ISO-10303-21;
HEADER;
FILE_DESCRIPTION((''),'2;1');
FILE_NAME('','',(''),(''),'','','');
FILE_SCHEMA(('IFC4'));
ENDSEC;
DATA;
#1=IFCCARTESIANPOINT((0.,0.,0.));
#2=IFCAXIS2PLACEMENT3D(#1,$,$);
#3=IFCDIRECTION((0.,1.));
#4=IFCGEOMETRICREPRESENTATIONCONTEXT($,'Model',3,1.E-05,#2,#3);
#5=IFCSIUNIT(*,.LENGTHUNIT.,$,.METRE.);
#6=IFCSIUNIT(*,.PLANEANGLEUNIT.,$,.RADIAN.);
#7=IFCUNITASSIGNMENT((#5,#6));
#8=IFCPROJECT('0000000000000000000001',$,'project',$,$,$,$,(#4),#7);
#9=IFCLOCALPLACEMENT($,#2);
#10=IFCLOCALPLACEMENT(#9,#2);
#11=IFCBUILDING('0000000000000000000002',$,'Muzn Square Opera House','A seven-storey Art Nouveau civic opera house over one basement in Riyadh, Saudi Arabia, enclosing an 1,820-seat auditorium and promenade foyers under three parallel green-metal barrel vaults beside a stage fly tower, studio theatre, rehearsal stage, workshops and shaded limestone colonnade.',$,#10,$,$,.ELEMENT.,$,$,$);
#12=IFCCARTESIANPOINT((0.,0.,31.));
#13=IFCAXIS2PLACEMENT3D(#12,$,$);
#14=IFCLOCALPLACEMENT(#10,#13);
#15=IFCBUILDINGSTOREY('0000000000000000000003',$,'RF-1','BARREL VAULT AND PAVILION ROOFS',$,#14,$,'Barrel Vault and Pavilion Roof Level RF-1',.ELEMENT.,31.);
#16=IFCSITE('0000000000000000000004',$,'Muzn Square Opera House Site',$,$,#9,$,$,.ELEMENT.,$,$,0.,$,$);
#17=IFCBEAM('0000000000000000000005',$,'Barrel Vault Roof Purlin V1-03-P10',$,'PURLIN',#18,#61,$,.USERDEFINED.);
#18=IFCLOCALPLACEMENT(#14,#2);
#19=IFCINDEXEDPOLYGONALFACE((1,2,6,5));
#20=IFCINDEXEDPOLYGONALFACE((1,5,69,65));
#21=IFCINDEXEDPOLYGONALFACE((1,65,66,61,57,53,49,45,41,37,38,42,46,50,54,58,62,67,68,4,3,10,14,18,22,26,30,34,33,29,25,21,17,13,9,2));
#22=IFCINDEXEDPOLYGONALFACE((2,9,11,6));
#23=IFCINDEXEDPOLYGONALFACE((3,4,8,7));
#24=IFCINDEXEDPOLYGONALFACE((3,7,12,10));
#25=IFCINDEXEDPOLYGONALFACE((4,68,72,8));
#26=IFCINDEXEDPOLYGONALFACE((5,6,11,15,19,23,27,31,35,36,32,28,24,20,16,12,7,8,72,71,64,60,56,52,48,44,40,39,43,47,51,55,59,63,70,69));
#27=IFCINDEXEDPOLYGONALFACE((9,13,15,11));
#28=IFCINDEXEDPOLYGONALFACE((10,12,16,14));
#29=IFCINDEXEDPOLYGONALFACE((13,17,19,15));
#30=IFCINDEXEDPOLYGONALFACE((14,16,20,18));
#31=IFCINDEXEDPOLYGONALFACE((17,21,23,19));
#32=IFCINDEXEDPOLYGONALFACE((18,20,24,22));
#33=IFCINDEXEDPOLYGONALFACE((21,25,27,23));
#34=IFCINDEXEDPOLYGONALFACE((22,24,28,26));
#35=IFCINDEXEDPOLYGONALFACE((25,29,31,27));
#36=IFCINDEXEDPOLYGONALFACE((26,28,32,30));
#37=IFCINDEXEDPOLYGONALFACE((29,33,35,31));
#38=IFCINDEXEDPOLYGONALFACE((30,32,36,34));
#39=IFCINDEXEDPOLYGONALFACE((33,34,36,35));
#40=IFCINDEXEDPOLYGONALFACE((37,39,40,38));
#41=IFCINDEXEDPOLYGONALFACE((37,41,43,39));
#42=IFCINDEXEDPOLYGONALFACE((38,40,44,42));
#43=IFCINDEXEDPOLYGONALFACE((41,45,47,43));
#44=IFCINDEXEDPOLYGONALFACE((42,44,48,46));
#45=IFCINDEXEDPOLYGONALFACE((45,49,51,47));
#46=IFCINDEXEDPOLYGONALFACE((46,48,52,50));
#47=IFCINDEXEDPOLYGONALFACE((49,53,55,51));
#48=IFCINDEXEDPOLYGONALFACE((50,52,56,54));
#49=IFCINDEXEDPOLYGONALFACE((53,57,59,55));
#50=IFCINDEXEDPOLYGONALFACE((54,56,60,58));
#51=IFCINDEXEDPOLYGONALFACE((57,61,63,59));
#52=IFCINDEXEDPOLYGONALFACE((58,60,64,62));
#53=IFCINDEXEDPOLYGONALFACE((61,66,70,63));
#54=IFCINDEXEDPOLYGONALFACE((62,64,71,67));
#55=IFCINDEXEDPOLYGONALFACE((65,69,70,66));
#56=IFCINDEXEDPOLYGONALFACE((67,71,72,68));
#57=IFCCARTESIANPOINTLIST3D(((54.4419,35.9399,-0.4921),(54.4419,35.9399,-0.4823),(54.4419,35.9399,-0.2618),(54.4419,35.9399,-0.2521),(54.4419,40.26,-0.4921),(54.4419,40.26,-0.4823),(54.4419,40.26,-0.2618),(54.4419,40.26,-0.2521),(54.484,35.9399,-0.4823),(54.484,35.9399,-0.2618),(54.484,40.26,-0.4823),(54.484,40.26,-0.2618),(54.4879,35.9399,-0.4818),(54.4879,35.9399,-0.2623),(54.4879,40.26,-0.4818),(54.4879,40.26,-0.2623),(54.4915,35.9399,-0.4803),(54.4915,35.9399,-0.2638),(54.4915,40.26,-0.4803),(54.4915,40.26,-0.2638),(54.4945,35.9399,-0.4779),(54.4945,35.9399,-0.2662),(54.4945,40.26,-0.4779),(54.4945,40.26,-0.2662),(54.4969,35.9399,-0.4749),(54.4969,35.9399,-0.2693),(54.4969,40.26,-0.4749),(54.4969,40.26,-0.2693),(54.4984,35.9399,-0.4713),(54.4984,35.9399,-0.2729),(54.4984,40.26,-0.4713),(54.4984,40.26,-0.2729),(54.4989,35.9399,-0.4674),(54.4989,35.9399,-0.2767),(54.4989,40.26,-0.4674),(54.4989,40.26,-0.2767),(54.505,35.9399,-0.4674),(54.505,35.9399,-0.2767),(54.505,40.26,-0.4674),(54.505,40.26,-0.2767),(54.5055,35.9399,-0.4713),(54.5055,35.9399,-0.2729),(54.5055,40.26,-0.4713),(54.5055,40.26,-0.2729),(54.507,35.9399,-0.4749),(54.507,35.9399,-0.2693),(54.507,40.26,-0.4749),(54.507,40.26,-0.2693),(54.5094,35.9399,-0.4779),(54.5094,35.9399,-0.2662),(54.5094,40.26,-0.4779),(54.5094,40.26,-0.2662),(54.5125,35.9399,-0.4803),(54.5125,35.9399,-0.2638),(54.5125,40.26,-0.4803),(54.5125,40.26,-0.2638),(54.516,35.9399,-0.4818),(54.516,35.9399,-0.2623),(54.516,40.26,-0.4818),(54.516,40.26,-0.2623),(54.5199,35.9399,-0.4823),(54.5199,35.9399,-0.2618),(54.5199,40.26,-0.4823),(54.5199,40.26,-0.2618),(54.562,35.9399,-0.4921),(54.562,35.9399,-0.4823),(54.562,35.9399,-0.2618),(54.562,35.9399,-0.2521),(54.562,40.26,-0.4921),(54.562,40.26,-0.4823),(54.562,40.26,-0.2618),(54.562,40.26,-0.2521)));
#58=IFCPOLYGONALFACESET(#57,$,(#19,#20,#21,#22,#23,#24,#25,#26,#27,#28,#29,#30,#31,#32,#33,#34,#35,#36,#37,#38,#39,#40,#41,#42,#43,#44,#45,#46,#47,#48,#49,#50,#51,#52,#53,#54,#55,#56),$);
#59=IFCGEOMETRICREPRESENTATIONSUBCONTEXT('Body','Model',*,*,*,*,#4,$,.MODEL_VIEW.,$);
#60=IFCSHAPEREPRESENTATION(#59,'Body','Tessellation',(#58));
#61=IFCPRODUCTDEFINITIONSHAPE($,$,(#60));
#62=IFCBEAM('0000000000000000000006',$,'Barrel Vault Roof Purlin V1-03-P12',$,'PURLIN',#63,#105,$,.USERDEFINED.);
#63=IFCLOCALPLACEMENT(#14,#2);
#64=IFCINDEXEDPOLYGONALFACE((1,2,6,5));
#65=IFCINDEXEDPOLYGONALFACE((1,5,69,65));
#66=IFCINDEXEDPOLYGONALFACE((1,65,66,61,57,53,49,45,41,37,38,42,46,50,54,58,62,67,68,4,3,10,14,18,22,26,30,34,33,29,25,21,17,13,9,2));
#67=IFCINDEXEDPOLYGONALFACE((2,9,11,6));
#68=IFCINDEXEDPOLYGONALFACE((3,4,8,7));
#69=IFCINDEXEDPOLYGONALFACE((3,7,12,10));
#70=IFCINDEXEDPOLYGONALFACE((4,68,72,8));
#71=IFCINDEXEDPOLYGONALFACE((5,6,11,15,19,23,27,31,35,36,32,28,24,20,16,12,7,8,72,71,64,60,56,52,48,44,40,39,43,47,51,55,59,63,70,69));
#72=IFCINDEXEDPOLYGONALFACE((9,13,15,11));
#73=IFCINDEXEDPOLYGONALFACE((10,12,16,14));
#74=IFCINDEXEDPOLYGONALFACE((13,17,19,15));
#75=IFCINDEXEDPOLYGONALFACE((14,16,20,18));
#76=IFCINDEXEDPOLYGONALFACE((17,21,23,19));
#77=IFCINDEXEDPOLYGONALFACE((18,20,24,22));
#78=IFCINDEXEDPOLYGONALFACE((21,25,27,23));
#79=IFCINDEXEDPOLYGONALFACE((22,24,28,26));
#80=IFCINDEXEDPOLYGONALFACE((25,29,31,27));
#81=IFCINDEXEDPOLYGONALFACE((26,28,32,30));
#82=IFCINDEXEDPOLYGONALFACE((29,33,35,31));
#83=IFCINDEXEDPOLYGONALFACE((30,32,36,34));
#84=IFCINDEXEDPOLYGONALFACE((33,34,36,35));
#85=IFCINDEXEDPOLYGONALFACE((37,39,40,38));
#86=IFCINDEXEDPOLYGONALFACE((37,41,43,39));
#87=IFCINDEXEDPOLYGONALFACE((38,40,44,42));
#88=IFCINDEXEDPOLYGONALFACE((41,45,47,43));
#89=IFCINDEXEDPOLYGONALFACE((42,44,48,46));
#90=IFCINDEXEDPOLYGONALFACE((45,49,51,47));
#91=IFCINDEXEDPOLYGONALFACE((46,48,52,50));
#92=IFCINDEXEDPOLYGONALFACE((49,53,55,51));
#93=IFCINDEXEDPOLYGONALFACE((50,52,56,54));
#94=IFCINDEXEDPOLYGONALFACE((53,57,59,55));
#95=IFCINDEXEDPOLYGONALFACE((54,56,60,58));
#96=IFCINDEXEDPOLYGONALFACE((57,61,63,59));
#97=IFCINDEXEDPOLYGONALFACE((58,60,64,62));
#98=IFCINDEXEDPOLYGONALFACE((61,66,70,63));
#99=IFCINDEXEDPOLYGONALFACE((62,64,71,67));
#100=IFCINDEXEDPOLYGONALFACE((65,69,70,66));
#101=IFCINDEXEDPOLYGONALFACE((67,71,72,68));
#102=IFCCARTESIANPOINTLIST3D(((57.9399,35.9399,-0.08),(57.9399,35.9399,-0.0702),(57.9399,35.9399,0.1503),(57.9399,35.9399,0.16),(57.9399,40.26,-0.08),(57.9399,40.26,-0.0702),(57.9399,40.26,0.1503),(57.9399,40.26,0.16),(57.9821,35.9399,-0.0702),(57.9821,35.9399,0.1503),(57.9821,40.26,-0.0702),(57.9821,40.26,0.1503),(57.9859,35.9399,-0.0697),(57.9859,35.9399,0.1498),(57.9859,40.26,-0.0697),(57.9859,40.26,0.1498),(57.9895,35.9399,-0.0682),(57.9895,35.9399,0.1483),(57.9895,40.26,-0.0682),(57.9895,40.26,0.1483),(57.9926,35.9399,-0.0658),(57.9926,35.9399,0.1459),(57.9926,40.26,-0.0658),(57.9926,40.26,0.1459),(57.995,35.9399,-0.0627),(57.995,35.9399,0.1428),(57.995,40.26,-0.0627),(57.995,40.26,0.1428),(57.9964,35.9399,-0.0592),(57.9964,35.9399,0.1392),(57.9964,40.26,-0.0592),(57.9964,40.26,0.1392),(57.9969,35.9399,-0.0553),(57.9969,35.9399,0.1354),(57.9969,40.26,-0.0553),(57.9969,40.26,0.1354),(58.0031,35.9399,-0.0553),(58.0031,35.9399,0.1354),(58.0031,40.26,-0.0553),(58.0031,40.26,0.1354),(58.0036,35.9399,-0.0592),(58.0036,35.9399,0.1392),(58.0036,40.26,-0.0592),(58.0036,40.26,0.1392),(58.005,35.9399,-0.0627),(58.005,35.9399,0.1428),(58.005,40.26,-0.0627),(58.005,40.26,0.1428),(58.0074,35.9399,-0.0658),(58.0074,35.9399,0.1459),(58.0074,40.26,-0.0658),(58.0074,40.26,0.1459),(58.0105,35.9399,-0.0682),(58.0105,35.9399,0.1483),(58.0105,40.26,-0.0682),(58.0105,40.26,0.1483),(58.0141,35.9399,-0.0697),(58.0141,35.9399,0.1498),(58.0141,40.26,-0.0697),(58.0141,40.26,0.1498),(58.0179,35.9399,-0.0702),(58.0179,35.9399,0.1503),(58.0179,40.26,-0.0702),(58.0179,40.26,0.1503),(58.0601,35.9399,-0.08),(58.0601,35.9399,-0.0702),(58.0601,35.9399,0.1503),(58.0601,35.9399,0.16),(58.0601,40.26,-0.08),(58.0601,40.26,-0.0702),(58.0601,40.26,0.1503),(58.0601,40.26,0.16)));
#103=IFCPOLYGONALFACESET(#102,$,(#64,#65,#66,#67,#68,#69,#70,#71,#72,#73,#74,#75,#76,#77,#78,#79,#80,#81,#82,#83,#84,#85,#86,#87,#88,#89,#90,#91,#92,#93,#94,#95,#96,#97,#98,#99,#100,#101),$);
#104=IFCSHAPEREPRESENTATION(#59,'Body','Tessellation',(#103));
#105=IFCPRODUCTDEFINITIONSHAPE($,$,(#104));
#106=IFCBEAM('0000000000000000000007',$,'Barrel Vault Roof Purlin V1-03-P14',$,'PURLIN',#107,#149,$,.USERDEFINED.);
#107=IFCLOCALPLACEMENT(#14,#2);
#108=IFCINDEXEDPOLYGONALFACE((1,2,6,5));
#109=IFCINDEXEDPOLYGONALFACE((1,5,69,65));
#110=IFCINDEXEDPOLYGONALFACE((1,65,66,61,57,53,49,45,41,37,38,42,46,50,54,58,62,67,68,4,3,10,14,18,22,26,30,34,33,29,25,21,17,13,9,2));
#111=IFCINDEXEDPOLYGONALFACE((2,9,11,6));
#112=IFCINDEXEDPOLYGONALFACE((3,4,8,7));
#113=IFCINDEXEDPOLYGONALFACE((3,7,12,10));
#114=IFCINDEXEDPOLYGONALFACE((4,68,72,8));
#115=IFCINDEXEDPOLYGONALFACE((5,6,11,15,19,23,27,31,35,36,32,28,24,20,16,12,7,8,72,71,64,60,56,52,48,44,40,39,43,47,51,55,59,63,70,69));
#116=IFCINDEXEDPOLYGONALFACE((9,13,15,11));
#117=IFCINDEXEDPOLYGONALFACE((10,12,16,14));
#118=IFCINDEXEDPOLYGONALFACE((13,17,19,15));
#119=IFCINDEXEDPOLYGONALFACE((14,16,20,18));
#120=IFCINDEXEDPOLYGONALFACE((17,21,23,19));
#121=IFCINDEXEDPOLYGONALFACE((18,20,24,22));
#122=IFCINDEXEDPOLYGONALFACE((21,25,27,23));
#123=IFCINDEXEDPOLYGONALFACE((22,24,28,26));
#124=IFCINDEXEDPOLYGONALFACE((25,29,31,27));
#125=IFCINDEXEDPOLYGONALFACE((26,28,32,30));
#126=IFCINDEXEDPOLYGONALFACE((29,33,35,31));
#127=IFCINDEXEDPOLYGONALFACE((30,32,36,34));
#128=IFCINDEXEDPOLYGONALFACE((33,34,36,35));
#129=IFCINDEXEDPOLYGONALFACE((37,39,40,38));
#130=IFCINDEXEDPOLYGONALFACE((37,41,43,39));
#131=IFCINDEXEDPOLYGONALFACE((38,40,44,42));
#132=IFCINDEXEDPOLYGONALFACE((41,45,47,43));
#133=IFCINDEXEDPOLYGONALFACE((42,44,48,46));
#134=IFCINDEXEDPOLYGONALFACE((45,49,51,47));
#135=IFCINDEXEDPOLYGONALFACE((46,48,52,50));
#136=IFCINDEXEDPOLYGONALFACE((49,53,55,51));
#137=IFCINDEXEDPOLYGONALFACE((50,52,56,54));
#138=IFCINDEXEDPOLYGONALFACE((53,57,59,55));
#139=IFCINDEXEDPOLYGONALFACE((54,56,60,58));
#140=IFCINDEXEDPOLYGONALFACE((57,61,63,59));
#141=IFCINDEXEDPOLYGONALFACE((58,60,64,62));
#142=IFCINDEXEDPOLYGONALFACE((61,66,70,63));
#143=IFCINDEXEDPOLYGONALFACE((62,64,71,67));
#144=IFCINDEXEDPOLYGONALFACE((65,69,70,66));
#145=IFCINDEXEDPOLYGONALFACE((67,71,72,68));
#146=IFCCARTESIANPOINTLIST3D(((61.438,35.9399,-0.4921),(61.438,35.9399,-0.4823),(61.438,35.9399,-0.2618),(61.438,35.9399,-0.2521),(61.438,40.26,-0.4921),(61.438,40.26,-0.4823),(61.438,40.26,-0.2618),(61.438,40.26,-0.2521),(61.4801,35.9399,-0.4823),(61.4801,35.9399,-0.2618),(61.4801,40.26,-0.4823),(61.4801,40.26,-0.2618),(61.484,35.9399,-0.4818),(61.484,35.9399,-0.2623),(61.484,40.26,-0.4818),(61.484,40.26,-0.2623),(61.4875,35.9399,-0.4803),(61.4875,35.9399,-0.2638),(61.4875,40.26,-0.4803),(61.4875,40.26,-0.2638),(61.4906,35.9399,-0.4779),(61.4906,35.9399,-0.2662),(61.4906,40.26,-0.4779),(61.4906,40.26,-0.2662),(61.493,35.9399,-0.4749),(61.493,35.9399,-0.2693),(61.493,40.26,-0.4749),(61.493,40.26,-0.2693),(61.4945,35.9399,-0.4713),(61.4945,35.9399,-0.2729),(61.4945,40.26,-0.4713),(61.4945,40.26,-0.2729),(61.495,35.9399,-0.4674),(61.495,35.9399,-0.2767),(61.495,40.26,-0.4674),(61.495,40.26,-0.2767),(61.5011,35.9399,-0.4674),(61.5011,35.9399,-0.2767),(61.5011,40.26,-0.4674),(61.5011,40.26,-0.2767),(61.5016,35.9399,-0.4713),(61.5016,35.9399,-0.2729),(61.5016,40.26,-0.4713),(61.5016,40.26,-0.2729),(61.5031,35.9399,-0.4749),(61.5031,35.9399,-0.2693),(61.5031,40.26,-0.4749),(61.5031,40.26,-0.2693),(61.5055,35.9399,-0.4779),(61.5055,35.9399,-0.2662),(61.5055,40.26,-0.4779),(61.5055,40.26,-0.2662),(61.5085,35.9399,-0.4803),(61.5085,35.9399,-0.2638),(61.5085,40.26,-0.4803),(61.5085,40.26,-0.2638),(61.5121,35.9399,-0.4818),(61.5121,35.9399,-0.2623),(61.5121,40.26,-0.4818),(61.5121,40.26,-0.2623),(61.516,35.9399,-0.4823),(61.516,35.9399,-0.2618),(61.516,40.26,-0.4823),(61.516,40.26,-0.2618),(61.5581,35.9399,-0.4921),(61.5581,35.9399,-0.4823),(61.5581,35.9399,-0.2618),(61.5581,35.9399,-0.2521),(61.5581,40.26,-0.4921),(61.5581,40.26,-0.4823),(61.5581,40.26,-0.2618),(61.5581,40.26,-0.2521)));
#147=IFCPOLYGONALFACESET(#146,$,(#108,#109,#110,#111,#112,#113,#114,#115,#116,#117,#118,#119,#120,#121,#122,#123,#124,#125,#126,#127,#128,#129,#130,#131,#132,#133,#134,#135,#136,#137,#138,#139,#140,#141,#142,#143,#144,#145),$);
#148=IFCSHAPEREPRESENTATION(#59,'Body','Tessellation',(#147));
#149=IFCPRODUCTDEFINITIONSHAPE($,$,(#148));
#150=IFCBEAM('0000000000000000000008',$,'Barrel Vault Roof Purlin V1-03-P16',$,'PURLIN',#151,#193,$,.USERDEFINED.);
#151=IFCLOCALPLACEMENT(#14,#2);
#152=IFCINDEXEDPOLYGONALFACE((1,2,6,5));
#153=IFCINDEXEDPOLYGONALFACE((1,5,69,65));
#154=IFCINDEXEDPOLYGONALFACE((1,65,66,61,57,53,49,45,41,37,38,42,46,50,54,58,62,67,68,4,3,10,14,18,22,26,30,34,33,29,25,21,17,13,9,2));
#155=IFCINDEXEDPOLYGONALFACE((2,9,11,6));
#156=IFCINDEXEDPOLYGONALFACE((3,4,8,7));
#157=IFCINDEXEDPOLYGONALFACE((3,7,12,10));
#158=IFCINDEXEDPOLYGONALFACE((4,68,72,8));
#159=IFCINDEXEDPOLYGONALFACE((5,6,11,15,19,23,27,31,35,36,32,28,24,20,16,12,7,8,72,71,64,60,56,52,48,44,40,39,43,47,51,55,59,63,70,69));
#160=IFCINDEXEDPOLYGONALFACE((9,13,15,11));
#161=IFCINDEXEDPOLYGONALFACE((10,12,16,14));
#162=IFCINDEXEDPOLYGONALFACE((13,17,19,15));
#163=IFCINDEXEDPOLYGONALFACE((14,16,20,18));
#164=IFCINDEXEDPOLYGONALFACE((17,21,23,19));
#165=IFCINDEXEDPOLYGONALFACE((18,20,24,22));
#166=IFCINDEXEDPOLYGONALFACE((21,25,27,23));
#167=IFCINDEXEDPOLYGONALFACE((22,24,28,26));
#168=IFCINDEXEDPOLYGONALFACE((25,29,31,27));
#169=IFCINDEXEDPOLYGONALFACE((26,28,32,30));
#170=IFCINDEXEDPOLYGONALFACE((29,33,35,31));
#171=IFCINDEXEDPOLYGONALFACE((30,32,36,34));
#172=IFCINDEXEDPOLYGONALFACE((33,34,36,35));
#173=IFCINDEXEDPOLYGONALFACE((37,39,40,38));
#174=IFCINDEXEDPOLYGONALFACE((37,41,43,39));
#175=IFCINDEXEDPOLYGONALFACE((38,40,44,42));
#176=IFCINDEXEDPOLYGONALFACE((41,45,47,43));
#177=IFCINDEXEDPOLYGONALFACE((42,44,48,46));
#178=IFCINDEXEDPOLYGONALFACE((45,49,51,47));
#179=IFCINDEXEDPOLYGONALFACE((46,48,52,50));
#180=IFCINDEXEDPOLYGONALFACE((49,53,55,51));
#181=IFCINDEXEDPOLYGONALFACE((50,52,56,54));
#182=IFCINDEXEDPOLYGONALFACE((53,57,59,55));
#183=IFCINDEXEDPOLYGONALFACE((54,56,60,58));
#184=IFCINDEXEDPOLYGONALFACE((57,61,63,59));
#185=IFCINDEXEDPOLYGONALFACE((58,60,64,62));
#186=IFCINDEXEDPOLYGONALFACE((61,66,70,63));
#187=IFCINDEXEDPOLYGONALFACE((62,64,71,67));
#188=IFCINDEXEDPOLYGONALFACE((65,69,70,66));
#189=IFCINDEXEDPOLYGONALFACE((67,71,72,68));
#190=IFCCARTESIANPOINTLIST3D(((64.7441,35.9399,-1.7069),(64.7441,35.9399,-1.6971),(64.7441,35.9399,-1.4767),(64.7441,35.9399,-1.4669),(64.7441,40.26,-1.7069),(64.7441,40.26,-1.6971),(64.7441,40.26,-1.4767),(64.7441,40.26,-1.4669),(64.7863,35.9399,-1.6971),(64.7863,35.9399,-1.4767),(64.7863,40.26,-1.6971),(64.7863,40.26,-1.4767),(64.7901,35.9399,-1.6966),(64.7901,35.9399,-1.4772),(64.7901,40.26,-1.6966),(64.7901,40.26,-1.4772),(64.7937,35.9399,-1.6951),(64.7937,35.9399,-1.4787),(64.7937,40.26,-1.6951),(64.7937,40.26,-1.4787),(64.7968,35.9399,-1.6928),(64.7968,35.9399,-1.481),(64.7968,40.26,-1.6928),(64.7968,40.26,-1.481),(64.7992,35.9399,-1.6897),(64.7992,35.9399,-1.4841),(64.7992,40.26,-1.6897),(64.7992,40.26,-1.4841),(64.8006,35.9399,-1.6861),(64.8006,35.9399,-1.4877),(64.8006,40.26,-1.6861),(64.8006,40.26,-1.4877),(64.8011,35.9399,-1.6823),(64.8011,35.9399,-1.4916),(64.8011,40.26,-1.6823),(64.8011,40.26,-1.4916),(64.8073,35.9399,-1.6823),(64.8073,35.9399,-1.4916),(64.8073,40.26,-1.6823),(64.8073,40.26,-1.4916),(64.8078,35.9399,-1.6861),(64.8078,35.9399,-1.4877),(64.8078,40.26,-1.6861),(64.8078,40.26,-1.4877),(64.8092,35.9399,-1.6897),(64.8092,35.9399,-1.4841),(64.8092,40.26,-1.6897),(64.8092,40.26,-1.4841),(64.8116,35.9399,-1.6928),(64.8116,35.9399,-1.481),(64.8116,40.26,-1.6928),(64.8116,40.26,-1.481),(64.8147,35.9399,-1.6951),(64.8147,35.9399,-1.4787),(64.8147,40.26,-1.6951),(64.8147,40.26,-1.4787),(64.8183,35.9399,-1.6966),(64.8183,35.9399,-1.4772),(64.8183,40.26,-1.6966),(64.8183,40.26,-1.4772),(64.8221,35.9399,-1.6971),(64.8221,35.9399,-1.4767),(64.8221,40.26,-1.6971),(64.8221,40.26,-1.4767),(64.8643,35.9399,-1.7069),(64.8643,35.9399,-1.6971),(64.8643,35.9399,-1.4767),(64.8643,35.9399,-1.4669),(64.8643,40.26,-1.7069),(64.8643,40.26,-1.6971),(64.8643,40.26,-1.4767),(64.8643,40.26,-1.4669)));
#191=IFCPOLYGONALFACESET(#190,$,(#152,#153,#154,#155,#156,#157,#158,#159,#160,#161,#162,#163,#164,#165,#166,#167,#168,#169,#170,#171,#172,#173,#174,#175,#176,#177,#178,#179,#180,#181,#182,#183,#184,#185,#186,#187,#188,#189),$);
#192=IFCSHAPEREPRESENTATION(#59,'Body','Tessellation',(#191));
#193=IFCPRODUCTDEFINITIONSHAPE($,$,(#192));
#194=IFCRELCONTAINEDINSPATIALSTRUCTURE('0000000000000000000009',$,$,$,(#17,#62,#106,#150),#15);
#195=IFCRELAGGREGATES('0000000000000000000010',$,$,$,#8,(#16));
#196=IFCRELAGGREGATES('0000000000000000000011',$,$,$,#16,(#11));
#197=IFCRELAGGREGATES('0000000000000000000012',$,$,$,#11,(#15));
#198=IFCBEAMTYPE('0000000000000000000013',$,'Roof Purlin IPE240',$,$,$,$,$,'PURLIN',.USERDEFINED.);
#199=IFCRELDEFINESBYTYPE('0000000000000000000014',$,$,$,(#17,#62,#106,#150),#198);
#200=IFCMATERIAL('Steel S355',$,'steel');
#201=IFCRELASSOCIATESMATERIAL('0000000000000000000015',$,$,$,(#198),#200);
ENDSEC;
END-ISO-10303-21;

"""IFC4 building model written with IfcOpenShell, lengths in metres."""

from ifc_helpers import new_model, si_unit, direction, frame, origin, origin_2d, place, context, subcontext, project, spatial, i_section, extrude, material, material_profile, profile_set, type_object, element, save


model = new_model("IFC4")

# Units and contexts
model_context = context("Model", 3, precision=1e-05, world=origin(), true_north=direction((0.0, 1.0)))
body_context = subcontext(model_context, "Body", "Model", "MODEL_VIEW")
ifc_project = project(units=[si_unit("LENGTHUNIT", "METRE"), si_unit("PLANEANGLEUNIT", "RADIAN")], contexts=[model_context])

# Site, building, storey
site_placement = place(None, origin())
site = spatial("IfcSite", under=ifc_project, at=site_placement, Name="Muzn Square Opera House Site", CompositionType="ELEMENT", RefElevation=0.0)
building_placement = place(site_placement, origin())
building = spatial("IfcBuilding", under=site, at=building_placement, Name="Muzn Square Opera House", Description="A seven-storey Art Nouveau civic opera house over one basement in Riyadh, Saudi Arabia, enclosing an 1,820-seat auditorium and promenade foyers under three parallel green-metal barrel vaults beside a stage fly tower, studio theatre, rehearsal stage, workshops and shaded limestone colonnade.", CompositionType="ELEMENT")
storey_placement = place(building_placement, frame((0.0, 0.0, 31.0)))
storey = spatial("IfcBuildingStorey", under=building, at=storey_placement, Name="RF-1", Description="BARREL VAULT AND PAVILION ROOFS", LongName="Barrel Vault and Pavilion Roof Level RF-1", CompositionType="ELEMENT", Elevation=31.0)

# Beams
ifc_material_1 = material(Name="Steel S355", Category="steel")
ifc_material_profile_1 = material_profile(ifc_material_1, i_section(OverallWidth=0.1201, OverallDepth=0.24, WebThickness=0.0061, FlangeThickness=0.0098, FilletRadius=0.0149, at=origin_2d()), Name="IPE 240", Category="steel")
ifc_profile_set_1 = profile_set([ifc_material_profile_1], Name="Steel S355")
beam_type_1 = type_object("IfcBeamType", Name="Roof Purlin IPE240", ElementType="PURLIN", PredefinedType="USERDEFINED", material=ifc_profile_set_1)
for number, where, z_axis, x_axis, name in (
    (1, (54.502, 35.9399, -0.3721), (0.0, 1.0, 0.0), (-1.0, 0.0, 0.0), "Barrel Vault Roof Purlin V1-03-P10"),
    (2, (58.0, 35.9399, 0.04), (0.0, 1.0, 0.0), (-1.0, 0.0, 0.0), "Barrel Vault Roof Purlin V1-03-P12"),
    (3, (61.498, 35.9399, -0.3721), (0.0, 1.0, 0.0), (-1.0, 0.0, 0.0), "Barrel Vault Roof Purlin V1-03-P14"),
    (4, (64.8042, 35.9399, -1.5869), (0.0, 1.0, 0.0), (-1.0, 0.0, 0.0), "Barrel Vault Roof Purlin V1-03-P16"),
):
    element("IfcBeam", number, at=place(storey_placement, frame(where, z_axis=z_axis, x_axis=x_axis)), inside=storey, type_object=beam_type_1, Name=name, ObjectType="PURLIN", PredefinedType="USERDEFINED", context=body_context, shape_type="SweptSolid", body=[
        extrude(i_section(OverallWidth=0.1201, OverallDepth=0.24, WebThickness=0.0061, FlangeThickness=0.0098, FilletRadius=0.0149, at=origin_2d()), origin(), (0.0, 0.0, 1.0), 4.3201),
    ])

save(model, "model.ifc")
